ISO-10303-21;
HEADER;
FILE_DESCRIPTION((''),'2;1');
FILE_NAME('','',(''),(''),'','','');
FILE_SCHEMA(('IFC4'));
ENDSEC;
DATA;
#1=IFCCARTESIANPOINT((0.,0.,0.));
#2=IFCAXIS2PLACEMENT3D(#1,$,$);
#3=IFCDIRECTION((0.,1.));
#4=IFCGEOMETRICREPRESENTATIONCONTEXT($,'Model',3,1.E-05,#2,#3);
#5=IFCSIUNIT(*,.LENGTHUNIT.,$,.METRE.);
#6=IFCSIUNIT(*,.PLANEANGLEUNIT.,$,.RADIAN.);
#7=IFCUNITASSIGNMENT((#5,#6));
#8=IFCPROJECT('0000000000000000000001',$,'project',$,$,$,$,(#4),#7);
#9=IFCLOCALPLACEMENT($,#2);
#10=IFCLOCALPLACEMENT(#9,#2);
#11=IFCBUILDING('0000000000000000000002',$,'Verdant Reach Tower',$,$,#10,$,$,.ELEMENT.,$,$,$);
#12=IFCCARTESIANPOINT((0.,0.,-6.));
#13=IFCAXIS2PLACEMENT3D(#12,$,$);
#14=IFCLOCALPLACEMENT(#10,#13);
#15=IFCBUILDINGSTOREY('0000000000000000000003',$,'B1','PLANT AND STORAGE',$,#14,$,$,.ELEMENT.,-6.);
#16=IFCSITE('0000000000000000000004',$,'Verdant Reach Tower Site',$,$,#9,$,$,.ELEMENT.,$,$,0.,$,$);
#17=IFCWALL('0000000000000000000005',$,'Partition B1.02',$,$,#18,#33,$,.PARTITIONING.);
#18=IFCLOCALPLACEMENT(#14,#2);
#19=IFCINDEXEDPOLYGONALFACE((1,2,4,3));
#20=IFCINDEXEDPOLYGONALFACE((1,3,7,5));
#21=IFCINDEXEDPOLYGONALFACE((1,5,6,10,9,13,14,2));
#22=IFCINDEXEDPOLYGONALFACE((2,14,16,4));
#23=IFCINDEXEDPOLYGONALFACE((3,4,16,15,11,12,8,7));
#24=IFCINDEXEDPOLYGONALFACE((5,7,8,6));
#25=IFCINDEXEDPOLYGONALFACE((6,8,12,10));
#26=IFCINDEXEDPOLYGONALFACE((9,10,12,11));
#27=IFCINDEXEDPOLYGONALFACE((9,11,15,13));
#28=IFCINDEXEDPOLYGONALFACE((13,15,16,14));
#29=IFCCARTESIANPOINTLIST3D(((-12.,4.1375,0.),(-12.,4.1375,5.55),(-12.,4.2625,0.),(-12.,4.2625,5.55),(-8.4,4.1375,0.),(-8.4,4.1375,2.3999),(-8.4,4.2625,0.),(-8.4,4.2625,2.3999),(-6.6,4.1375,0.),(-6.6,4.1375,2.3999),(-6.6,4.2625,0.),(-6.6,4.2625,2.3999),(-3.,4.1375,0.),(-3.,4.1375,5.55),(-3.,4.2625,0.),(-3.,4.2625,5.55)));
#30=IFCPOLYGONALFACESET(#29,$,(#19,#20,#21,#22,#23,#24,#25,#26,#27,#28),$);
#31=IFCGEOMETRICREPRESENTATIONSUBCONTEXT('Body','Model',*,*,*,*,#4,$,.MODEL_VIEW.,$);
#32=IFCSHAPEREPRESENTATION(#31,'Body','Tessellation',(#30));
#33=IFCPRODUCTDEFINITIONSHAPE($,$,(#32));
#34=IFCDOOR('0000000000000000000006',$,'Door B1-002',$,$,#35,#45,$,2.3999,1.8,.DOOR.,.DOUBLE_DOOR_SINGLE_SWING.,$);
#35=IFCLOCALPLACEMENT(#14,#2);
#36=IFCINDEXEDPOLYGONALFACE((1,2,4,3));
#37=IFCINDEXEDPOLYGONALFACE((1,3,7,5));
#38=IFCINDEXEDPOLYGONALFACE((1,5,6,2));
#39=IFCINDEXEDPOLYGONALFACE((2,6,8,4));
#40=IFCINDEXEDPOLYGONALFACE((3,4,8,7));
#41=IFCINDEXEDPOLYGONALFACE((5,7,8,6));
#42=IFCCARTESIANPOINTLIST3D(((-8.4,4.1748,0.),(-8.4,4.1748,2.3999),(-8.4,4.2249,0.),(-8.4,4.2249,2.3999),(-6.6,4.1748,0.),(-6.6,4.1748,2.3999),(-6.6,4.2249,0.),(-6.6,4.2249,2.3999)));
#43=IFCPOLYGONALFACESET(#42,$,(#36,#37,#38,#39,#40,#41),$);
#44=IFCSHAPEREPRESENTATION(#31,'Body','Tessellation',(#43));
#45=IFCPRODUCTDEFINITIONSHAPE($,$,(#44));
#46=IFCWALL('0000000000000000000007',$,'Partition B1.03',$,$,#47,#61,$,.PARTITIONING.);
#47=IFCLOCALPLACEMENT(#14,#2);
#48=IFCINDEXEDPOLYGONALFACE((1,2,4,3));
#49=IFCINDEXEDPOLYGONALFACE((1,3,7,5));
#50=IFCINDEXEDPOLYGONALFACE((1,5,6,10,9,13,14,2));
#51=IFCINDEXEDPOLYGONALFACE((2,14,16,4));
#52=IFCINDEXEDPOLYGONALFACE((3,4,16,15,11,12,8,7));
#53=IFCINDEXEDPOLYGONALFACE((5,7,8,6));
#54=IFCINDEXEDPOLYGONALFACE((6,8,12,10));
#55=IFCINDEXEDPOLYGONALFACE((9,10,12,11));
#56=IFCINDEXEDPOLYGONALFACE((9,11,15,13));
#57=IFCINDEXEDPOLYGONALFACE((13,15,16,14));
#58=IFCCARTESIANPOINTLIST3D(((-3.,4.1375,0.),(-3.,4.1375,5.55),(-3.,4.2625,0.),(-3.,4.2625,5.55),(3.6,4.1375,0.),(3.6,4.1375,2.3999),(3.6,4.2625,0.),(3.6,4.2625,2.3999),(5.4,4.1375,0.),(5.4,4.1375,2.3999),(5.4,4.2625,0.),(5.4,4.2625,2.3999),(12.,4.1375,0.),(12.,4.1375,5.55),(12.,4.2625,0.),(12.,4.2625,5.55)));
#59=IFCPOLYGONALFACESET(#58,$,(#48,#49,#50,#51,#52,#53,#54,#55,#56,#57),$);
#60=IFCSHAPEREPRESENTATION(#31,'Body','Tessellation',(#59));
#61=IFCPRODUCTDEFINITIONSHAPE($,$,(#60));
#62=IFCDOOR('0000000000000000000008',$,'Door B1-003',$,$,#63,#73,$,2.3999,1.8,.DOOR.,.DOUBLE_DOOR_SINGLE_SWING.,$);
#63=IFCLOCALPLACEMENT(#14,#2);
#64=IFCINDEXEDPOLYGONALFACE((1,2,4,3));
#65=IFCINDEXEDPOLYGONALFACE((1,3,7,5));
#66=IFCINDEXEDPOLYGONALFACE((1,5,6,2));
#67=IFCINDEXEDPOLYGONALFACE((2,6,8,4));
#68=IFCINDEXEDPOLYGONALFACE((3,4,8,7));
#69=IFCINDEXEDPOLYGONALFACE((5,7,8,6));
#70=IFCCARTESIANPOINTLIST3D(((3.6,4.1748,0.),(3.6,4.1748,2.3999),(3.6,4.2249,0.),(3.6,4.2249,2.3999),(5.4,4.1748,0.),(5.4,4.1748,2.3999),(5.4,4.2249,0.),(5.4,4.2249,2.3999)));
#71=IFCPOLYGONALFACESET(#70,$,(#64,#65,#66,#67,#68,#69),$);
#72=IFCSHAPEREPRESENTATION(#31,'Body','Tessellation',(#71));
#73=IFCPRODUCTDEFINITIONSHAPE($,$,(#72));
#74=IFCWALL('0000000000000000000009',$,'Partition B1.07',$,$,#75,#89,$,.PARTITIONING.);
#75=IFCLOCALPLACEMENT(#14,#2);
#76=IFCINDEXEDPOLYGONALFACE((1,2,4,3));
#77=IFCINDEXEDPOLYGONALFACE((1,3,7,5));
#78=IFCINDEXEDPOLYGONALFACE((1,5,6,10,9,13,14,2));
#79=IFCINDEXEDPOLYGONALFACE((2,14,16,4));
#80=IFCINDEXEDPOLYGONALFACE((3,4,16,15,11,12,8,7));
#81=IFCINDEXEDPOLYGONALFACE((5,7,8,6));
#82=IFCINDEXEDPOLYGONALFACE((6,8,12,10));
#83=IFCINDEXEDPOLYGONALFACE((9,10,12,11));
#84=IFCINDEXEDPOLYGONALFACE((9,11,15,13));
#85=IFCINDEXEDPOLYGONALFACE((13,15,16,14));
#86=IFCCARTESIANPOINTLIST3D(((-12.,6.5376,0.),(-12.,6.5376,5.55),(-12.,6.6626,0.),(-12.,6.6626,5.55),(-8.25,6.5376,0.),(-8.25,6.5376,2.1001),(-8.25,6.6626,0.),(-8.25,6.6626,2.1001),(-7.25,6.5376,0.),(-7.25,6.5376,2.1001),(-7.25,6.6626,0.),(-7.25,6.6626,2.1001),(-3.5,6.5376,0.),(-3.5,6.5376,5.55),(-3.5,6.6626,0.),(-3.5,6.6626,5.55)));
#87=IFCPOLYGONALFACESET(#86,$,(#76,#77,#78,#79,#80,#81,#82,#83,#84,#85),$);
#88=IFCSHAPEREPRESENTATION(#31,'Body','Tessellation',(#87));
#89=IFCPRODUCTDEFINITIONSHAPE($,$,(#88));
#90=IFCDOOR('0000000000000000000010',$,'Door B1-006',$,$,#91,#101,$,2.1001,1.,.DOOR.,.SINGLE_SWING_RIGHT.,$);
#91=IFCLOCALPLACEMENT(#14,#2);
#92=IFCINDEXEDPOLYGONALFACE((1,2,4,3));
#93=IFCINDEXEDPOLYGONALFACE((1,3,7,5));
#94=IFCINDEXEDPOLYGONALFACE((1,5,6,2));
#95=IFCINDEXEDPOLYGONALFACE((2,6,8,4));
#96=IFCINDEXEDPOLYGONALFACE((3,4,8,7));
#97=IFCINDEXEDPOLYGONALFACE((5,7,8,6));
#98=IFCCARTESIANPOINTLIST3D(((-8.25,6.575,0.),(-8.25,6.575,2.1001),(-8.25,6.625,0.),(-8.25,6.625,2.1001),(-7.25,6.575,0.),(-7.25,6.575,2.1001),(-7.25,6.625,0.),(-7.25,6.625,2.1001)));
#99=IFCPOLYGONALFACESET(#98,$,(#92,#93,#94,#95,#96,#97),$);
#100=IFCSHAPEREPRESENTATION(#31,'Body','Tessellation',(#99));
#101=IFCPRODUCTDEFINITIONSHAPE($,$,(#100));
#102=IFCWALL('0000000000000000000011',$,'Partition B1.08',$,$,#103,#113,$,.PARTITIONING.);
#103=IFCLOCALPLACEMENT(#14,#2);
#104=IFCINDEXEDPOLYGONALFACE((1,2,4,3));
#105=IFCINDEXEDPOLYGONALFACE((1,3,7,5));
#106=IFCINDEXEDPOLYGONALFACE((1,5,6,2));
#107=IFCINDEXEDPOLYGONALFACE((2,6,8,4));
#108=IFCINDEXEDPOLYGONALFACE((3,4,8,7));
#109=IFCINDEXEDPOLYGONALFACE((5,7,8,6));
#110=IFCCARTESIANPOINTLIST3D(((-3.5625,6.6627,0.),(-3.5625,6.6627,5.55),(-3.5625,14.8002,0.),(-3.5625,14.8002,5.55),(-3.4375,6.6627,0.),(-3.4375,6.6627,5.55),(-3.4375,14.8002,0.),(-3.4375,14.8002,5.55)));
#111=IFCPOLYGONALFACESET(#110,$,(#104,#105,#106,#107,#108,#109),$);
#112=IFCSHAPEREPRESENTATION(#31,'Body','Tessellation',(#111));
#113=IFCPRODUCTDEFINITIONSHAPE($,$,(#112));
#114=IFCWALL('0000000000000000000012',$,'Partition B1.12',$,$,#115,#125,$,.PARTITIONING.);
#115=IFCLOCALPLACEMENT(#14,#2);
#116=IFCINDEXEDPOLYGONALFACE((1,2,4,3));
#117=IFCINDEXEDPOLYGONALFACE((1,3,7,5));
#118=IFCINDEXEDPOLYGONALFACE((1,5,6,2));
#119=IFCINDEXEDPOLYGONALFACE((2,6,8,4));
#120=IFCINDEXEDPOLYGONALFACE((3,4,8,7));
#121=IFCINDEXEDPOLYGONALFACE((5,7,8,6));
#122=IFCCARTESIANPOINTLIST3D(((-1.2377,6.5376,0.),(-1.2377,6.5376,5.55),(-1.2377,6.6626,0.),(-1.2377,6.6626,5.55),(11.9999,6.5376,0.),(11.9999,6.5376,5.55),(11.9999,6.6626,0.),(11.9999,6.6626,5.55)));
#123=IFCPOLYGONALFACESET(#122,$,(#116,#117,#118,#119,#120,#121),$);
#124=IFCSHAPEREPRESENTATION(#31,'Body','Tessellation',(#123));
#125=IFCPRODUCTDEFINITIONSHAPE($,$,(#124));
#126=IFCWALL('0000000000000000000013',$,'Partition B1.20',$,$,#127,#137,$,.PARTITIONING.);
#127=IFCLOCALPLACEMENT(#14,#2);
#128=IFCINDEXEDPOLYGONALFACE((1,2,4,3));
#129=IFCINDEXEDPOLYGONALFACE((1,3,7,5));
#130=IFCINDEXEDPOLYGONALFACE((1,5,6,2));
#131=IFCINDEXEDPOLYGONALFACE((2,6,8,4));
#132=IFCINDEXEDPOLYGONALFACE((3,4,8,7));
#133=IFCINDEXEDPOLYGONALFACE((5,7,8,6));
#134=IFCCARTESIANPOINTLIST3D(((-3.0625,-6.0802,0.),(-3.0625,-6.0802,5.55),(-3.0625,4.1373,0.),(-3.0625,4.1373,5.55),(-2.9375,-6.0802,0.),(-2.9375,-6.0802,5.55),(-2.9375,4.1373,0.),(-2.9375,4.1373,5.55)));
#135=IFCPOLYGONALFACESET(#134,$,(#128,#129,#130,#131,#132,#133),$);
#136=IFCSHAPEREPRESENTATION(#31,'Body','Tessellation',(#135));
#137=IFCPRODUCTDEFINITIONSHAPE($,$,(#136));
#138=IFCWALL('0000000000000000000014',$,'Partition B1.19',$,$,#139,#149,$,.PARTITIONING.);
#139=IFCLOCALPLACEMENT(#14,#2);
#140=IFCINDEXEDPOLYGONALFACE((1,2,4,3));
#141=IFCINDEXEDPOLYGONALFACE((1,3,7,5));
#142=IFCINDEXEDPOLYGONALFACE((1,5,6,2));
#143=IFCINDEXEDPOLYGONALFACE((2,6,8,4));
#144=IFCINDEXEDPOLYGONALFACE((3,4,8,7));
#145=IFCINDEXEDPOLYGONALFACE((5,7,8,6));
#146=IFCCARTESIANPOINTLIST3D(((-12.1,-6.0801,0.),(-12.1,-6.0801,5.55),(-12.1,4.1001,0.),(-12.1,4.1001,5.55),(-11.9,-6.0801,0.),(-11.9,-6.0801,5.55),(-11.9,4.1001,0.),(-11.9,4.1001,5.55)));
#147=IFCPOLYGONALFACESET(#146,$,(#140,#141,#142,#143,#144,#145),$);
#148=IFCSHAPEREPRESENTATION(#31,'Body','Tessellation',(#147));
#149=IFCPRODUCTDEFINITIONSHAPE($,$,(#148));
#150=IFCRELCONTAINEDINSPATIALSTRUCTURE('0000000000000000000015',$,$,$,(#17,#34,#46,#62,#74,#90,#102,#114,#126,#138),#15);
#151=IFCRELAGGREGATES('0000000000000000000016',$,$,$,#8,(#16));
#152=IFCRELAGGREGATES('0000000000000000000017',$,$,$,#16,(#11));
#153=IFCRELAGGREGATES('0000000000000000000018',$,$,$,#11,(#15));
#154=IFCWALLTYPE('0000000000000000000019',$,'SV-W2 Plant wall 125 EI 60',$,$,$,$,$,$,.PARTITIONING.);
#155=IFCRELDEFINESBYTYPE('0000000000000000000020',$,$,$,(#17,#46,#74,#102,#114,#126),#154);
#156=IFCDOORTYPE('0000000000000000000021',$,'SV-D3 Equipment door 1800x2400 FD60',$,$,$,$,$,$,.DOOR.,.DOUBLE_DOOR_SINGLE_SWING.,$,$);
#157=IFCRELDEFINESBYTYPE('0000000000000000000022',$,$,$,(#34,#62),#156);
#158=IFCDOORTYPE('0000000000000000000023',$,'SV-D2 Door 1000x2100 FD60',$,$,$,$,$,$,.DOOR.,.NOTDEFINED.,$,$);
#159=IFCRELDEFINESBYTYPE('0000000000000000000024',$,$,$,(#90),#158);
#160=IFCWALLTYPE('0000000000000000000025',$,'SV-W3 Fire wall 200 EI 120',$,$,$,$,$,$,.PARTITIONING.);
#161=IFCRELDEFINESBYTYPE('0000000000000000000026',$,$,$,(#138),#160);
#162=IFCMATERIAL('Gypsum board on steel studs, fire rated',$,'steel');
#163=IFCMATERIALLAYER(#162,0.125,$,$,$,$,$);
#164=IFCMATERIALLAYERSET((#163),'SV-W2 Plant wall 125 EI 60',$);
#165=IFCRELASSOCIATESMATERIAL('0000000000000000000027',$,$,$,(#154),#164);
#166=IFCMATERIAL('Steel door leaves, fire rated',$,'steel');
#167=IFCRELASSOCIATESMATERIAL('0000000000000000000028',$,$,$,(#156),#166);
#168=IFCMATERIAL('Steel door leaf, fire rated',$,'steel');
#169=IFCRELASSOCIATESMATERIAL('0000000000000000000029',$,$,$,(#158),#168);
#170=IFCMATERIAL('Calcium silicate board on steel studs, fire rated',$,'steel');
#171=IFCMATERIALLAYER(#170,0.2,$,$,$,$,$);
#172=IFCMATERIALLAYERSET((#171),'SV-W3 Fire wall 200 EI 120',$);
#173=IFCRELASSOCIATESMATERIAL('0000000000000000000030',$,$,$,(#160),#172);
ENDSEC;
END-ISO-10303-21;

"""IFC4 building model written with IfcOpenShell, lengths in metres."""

from ifc_helpers import new_model, si_unit, direction, frame, frame_2d, origin, place, context, subcontext, project, spatial, rectangle, extrude, material, layer, layer_set, type_object, element, fill, save


model = new_model("IFC4")

# Units and contexts
model_context = context("Model", 3, precision=1e-05, world=origin(), true_north=direction((0.0, 1.0)))
body_context = subcontext(model_context, "Body", "Model", "MODEL_VIEW")
ifc_project = project(units=[si_unit("LENGTHUNIT", "METRE"), si_unit("PLANEANGLEUNIT", "RADIAN")], contexts=[model_context])

# Site, building, storey
site_placement = place(None, origin())
site = spatial("IfcSite", under=ifc_project, at=site_placement, Name="Verdant Reach Tower Site", CompositionType="ELEMENT", RefElevation=0.0)
building_placement = place(site_placement, origin())
building = spatial("IfcBuilding", under=site, at=building_placement, Name="Verdant Reach Tower", CompositionType="ELEMENT")
storey_placement = place(building_placement, frame((0.0, 0.0, -6.0)))
storey = spatial("IfcBuildingStorey", under=building, at=storey_placement, Name="B1", Description="PLANT AND STORAGE", CompositionType="ELEMENT", Elevation=-6.0)

# Walls, openings, doors
ifc_material_1 = material(Name="Gypsum board on steel studs, fire rated", Category="steel")
ifc_layer_1 = layer(ifc_material_1, 0.125)
ifc_layer_set_1 = layer_set([ifc_layer_1], Name="SV-W2 Plant wall 125 EI 60")
wall_type_1 = type_object("IfcWallType", Name="SV-W2 Plant wall 125 EI 60", PredefinedType="PARTITIONING", material=ifc_layer_set_1)
wall_1_placement = place(storey_placement, frame((-12.0, 4.2, 0.0), z_axis=(0.0, 0.0, 1.0), x_axis=(1.0, 0.0, 0.0)))
wall_1 = element("IfcWall", 1, at=wall_1_placement, inside=storey, type_object=wall_type_1, Name="Partition B1.02", PredefinedType="PARTITIONING", context=body_context, shape_type="SweptSolid", body=[
    extrude(rectangle(XDim=9.0, YDim=0.125, at=frame_2d((4.5, 0.0))), origin(), (0.0, 0.0, 1.0), 5.55),
])
opening_1_placement = place(wall_1_placement, frame((3.6001, 0.0, 0.0)))
opening_1 = element("IfcOpeningElement", 2, at=opening_1_placement, cuts=wall_1, PredefinedType="OPENING", context=body_context, shape_type="SweptSolid", body=[
    extrude(rectangle(XDim=1.8, YDim=2.3999, at=frame_2d((0.8999, 1.2))), frame((0.0, 0.0725, 0.0), z_axis=(0.0, -1.0, 0.0), x_axis=(1.0, 0.0, 0.0)), (0.0, 0.0, 1.0), 0.145),
])
ifc_material_2 = material(Name="Steel door leaves, fire rated", Category="steel")
door_type_1 = type_object("IfcDoorType", Name="SV-D3 Equipment door 1800x2400 FD60", OperationType="DOUBLE_DOOR_SINGLE_SWING", PredefinedType="DOOR", material=ifc_material_2)
door_1_placement = place(opening_1_placement, origin())
door_1 = element("IfcDoor", 3, at=door_1_placement, inside=storey, type_object=door_type_1, Name="Door B1-002", OperationType="DOUBLE_DOOR_SINGLE_SWING", OverallHeight=2.3999, OverallWidth=1.8, PredefinedType="DOOR", context=body_context, shape_type="SweptSolid", body=[
    extrude(rectangle(XDim=1.8, YDim=2.3999, at=frame_2d((0.8999, 1.2))), frame((0.0, 0.0249, 0.0), z_axis=(0.0, -1.0, 0.0), x_axis=(1.0, 0.0, 0.0)), (0.0, 0.0, 1.0), 0.05),
])
fill(opening_1, door_1)
wall_2_placement = place(storey_placement, frame((-3.0, 4.2, 0.0), z_axis=(0.0, 0.0, 1.0), x_axis=(1.0, 0.0, 0.0)))
wall_2 = element("IfcWall", 4, at=wall_2_placement, inside=storey, type_object=wall_type_1, Name="Partition B1.03", PredefinedType="PARTITIONING", context=body_context, shape_type="SweptSolid", body=[
    extrude(rectangle(XDim=15.0, YDim=0.125, at=frame_2d((7.5, 0.0))), origin(), (0.0, 0.0, 1.0), 5.55),
])
opening_2_placement = place(wall_2_placement, frame((6.6001, 0.0, 0.0)))
opening_2 = element("IfcOpeningElement", 5, at=opening_2_placement, cuts=wall_2, PredefinedType="OPENING", context=body_context, shape_type="SweptSolid", body=[
    extrude(rectangle(XDim=1.8, YDim=2.3999, at=frame_2d((0.8999, 1.2))), frame((0.0, 0.0725, 0.0), z_axis=(0.0, -1.0, 0.0), x_axis=(1.0, 0.0, 0.0)), (0.0, 0.0, 1.0), 0.145),
])
door_2_placement = place(opening_2_placement, origin())
door_2 = element("IfcDoor", 6, at=door_2_placement, inside=storey, type_object=door_type_1, Name="Door B1-003", OperationType="DOUBLE_DOOR_SINGLE_SWING", OverallHeight=2.3999, OverallWidth=1.8, PredefinedType="DOOR", context=body_context, shape_type="SweptSolid", body=[
    extrude(rectangle(XDim=1.8, YDim=2.3999, at=frame_2d((0.8999, 1.2))), frame((0.0, 0.0249, 0.0), z_axis=(0.0, -1.0, 0.0), x_axis=(1.0, 0.0, 0.0)), (0.0, 0.0, 1.0), 0.05),
])
fill(opening_2, door_2)
wall_3_placement = place(storey_placement, frame((-12.0, 6.6001, 0.0), z_axis=(0.0, 0.0, 1.0), x_axis=(1.0, 0.0, 0.0)))
wall_3 = element("IfcWall", 7, at=wall_3_placement, inside=storey, type_object=wall_type_1, Name="Partition B1.07", PredefinedType="PARTITIONING", context=body_context, shape_type="SweptSolid", body=[
    extrude(rectangle(XDim=8.5, YDim=0.125, at=frame_2d((4.25, 0.0))), origin(), (0.0, 0.0, 1.0), 5.55),
])
opening_3_placement = place(wall_3_placement, frame((3.75, 0.0, 0.0)))
opening_3 = element("IfcOpeningElement", 8, at=opening_3_placement, cuts=wall_3, PredefinedType="OPENING", context=body_context, shape_type="SweptSolid", body=[
    extrude(rectangle(XDim=1.0, YDim=2.1001, at=frame_2d((0.5, 1.05))), frame((0.0, 0.0725, 0.0), z_axis=(0.0, -1.0, 0.0), x_axis=(1.0, 0.0, 0.0)), (0.0, 0.0, 1.0), 0.145),
])
ifc_material_3 = material(Name="Steel door leaf, fire rated", Category="steel")
door_type_2 = type_object("IfcDoorType", Name="SV-D2 Door 1000x2100 FD60", OperationType="NOTDEFINED", PredefinedType="DOOR", material=ifc_material_3)
door_3_placement = place(opening_3_placement, origin())
door_3 = element("IfcDoor", 9, at=door_3_placement, inside=storey, type_object=door_type_2, Name="Door B1-006", OperationType="SINGLE_SWING_RIGHT", OverallHeight=2.1001, OverallWidth=1.0, PredefinedType="DOOR", context=body_context, shape_type="SweptSolid", body=[
    extrude(rectangle(XDim=1.0, YDim=2.1001, at=frame_2d((0.5, 1.05))), frame((0.0, 0.0249, 0.0), z_axis=(0.0, -1.0, 0.0), x_axis=(1.0, 0.0, 0.0)), (0.0, 0.0, 1.0), 0.05),
])
fill(opening_3, door_3)

# Walls
wall_4_placement = place(storey_placement, frame((-3.5, 6.6626, 0.0), z_axis=(0.0, 0.0, 1.0), x_axis=(0.0, 1.0, 0.0)))
element("IfcWall", 10, at=wall_4_placement, inside=storey, type_object=wall_type_1, Name="Partition B1.08", PredefinedType="PARTITIONING", context=body_context, shape_type="SweptSolid", body=[
    extrude(rectangle(XDim=8.1375, YDim=0.125, at=frame_2d((4.0688, 0.0))), origin(), (0.0, 0.0, 1.0), 5.55),
])
wall_5_placement = place(storey_placement, frame((-1.2375, 6.6001, 0.0), z_axis=(0.0, 0.0, 1.0), x_axis=(1.0, 0.0, 0.0)))
element("IfcWall", 11, at=wall_5_placement, inside=storey, type_object=wall_type_1, Name="Partition B1.12", PredefinedType="PARTITIONING", context=body_context, shape_type="SweptSolid", body=[
    extrude(rectangle(XDim=13.2375, YDim=0.125, at=frame_2d((6.6187, 0.0))), origin(), (0.0, 0.0, 1.0), 5.55),
])
wall_6_placement = place(storey_placement, frame((-3.0, 4.1375, 0.0), z_axis=(0.0, 0.0, 1.0), x_axis=(0.0, -1.0, 0.0)))
element("IfcWall", 12, at=wall_6_placement, inside=storey, type_object=wall_type_1, Name="Partition B1.20", PredefinedType="PARTITIONING", context=body_context, shape_type="SweptSolid", body=[
    extrude(rectangle(XDim=10.2175, YDim=0.125, at=frame_2d((5.1089, 0.0))), origin(), (0.0, 0.0, 1.0), 5.55),
])
ifc_material_4 = material(Name="Calcium silicate board on steel studs, fire rated", Category="steel")
ifc_layer_2 = layer(ifc_material_4, 0.2)
ifc_layer_set_2 = layer_set([ifc_layer_2], Name="SV-W3 Fire wall 200 EI 120")
wall_type_2 = type_object("IfcWallType", Name="SV-W3 Fire wall 200 EI 120", PredefinedType="PARTITIONING", material=ifc_layer_set_2)
wall_7_placement = place(storey_placement, frame((-12.0, 4.1001, 0.0), z_axis=(0.0, 0.0, 1.0), x_axis=(0.0, -1.0, 0.0)))
element("IfcWall", 13, at=wall_7_placement, inside=storey, type_object=wall_type_2, Name="Partition B1.19", PredefinedType="PARTITIONING", context=body_context, shape_type="SweptSolid", body=[
    extrude(rectangle(XDim=10.1802, YDim=0.2, at=frame_2d((5.0901, 0.0))), origin(), (0.0, 0.0, 1.0), 5.55),
])

save(model, "model.ifc")
